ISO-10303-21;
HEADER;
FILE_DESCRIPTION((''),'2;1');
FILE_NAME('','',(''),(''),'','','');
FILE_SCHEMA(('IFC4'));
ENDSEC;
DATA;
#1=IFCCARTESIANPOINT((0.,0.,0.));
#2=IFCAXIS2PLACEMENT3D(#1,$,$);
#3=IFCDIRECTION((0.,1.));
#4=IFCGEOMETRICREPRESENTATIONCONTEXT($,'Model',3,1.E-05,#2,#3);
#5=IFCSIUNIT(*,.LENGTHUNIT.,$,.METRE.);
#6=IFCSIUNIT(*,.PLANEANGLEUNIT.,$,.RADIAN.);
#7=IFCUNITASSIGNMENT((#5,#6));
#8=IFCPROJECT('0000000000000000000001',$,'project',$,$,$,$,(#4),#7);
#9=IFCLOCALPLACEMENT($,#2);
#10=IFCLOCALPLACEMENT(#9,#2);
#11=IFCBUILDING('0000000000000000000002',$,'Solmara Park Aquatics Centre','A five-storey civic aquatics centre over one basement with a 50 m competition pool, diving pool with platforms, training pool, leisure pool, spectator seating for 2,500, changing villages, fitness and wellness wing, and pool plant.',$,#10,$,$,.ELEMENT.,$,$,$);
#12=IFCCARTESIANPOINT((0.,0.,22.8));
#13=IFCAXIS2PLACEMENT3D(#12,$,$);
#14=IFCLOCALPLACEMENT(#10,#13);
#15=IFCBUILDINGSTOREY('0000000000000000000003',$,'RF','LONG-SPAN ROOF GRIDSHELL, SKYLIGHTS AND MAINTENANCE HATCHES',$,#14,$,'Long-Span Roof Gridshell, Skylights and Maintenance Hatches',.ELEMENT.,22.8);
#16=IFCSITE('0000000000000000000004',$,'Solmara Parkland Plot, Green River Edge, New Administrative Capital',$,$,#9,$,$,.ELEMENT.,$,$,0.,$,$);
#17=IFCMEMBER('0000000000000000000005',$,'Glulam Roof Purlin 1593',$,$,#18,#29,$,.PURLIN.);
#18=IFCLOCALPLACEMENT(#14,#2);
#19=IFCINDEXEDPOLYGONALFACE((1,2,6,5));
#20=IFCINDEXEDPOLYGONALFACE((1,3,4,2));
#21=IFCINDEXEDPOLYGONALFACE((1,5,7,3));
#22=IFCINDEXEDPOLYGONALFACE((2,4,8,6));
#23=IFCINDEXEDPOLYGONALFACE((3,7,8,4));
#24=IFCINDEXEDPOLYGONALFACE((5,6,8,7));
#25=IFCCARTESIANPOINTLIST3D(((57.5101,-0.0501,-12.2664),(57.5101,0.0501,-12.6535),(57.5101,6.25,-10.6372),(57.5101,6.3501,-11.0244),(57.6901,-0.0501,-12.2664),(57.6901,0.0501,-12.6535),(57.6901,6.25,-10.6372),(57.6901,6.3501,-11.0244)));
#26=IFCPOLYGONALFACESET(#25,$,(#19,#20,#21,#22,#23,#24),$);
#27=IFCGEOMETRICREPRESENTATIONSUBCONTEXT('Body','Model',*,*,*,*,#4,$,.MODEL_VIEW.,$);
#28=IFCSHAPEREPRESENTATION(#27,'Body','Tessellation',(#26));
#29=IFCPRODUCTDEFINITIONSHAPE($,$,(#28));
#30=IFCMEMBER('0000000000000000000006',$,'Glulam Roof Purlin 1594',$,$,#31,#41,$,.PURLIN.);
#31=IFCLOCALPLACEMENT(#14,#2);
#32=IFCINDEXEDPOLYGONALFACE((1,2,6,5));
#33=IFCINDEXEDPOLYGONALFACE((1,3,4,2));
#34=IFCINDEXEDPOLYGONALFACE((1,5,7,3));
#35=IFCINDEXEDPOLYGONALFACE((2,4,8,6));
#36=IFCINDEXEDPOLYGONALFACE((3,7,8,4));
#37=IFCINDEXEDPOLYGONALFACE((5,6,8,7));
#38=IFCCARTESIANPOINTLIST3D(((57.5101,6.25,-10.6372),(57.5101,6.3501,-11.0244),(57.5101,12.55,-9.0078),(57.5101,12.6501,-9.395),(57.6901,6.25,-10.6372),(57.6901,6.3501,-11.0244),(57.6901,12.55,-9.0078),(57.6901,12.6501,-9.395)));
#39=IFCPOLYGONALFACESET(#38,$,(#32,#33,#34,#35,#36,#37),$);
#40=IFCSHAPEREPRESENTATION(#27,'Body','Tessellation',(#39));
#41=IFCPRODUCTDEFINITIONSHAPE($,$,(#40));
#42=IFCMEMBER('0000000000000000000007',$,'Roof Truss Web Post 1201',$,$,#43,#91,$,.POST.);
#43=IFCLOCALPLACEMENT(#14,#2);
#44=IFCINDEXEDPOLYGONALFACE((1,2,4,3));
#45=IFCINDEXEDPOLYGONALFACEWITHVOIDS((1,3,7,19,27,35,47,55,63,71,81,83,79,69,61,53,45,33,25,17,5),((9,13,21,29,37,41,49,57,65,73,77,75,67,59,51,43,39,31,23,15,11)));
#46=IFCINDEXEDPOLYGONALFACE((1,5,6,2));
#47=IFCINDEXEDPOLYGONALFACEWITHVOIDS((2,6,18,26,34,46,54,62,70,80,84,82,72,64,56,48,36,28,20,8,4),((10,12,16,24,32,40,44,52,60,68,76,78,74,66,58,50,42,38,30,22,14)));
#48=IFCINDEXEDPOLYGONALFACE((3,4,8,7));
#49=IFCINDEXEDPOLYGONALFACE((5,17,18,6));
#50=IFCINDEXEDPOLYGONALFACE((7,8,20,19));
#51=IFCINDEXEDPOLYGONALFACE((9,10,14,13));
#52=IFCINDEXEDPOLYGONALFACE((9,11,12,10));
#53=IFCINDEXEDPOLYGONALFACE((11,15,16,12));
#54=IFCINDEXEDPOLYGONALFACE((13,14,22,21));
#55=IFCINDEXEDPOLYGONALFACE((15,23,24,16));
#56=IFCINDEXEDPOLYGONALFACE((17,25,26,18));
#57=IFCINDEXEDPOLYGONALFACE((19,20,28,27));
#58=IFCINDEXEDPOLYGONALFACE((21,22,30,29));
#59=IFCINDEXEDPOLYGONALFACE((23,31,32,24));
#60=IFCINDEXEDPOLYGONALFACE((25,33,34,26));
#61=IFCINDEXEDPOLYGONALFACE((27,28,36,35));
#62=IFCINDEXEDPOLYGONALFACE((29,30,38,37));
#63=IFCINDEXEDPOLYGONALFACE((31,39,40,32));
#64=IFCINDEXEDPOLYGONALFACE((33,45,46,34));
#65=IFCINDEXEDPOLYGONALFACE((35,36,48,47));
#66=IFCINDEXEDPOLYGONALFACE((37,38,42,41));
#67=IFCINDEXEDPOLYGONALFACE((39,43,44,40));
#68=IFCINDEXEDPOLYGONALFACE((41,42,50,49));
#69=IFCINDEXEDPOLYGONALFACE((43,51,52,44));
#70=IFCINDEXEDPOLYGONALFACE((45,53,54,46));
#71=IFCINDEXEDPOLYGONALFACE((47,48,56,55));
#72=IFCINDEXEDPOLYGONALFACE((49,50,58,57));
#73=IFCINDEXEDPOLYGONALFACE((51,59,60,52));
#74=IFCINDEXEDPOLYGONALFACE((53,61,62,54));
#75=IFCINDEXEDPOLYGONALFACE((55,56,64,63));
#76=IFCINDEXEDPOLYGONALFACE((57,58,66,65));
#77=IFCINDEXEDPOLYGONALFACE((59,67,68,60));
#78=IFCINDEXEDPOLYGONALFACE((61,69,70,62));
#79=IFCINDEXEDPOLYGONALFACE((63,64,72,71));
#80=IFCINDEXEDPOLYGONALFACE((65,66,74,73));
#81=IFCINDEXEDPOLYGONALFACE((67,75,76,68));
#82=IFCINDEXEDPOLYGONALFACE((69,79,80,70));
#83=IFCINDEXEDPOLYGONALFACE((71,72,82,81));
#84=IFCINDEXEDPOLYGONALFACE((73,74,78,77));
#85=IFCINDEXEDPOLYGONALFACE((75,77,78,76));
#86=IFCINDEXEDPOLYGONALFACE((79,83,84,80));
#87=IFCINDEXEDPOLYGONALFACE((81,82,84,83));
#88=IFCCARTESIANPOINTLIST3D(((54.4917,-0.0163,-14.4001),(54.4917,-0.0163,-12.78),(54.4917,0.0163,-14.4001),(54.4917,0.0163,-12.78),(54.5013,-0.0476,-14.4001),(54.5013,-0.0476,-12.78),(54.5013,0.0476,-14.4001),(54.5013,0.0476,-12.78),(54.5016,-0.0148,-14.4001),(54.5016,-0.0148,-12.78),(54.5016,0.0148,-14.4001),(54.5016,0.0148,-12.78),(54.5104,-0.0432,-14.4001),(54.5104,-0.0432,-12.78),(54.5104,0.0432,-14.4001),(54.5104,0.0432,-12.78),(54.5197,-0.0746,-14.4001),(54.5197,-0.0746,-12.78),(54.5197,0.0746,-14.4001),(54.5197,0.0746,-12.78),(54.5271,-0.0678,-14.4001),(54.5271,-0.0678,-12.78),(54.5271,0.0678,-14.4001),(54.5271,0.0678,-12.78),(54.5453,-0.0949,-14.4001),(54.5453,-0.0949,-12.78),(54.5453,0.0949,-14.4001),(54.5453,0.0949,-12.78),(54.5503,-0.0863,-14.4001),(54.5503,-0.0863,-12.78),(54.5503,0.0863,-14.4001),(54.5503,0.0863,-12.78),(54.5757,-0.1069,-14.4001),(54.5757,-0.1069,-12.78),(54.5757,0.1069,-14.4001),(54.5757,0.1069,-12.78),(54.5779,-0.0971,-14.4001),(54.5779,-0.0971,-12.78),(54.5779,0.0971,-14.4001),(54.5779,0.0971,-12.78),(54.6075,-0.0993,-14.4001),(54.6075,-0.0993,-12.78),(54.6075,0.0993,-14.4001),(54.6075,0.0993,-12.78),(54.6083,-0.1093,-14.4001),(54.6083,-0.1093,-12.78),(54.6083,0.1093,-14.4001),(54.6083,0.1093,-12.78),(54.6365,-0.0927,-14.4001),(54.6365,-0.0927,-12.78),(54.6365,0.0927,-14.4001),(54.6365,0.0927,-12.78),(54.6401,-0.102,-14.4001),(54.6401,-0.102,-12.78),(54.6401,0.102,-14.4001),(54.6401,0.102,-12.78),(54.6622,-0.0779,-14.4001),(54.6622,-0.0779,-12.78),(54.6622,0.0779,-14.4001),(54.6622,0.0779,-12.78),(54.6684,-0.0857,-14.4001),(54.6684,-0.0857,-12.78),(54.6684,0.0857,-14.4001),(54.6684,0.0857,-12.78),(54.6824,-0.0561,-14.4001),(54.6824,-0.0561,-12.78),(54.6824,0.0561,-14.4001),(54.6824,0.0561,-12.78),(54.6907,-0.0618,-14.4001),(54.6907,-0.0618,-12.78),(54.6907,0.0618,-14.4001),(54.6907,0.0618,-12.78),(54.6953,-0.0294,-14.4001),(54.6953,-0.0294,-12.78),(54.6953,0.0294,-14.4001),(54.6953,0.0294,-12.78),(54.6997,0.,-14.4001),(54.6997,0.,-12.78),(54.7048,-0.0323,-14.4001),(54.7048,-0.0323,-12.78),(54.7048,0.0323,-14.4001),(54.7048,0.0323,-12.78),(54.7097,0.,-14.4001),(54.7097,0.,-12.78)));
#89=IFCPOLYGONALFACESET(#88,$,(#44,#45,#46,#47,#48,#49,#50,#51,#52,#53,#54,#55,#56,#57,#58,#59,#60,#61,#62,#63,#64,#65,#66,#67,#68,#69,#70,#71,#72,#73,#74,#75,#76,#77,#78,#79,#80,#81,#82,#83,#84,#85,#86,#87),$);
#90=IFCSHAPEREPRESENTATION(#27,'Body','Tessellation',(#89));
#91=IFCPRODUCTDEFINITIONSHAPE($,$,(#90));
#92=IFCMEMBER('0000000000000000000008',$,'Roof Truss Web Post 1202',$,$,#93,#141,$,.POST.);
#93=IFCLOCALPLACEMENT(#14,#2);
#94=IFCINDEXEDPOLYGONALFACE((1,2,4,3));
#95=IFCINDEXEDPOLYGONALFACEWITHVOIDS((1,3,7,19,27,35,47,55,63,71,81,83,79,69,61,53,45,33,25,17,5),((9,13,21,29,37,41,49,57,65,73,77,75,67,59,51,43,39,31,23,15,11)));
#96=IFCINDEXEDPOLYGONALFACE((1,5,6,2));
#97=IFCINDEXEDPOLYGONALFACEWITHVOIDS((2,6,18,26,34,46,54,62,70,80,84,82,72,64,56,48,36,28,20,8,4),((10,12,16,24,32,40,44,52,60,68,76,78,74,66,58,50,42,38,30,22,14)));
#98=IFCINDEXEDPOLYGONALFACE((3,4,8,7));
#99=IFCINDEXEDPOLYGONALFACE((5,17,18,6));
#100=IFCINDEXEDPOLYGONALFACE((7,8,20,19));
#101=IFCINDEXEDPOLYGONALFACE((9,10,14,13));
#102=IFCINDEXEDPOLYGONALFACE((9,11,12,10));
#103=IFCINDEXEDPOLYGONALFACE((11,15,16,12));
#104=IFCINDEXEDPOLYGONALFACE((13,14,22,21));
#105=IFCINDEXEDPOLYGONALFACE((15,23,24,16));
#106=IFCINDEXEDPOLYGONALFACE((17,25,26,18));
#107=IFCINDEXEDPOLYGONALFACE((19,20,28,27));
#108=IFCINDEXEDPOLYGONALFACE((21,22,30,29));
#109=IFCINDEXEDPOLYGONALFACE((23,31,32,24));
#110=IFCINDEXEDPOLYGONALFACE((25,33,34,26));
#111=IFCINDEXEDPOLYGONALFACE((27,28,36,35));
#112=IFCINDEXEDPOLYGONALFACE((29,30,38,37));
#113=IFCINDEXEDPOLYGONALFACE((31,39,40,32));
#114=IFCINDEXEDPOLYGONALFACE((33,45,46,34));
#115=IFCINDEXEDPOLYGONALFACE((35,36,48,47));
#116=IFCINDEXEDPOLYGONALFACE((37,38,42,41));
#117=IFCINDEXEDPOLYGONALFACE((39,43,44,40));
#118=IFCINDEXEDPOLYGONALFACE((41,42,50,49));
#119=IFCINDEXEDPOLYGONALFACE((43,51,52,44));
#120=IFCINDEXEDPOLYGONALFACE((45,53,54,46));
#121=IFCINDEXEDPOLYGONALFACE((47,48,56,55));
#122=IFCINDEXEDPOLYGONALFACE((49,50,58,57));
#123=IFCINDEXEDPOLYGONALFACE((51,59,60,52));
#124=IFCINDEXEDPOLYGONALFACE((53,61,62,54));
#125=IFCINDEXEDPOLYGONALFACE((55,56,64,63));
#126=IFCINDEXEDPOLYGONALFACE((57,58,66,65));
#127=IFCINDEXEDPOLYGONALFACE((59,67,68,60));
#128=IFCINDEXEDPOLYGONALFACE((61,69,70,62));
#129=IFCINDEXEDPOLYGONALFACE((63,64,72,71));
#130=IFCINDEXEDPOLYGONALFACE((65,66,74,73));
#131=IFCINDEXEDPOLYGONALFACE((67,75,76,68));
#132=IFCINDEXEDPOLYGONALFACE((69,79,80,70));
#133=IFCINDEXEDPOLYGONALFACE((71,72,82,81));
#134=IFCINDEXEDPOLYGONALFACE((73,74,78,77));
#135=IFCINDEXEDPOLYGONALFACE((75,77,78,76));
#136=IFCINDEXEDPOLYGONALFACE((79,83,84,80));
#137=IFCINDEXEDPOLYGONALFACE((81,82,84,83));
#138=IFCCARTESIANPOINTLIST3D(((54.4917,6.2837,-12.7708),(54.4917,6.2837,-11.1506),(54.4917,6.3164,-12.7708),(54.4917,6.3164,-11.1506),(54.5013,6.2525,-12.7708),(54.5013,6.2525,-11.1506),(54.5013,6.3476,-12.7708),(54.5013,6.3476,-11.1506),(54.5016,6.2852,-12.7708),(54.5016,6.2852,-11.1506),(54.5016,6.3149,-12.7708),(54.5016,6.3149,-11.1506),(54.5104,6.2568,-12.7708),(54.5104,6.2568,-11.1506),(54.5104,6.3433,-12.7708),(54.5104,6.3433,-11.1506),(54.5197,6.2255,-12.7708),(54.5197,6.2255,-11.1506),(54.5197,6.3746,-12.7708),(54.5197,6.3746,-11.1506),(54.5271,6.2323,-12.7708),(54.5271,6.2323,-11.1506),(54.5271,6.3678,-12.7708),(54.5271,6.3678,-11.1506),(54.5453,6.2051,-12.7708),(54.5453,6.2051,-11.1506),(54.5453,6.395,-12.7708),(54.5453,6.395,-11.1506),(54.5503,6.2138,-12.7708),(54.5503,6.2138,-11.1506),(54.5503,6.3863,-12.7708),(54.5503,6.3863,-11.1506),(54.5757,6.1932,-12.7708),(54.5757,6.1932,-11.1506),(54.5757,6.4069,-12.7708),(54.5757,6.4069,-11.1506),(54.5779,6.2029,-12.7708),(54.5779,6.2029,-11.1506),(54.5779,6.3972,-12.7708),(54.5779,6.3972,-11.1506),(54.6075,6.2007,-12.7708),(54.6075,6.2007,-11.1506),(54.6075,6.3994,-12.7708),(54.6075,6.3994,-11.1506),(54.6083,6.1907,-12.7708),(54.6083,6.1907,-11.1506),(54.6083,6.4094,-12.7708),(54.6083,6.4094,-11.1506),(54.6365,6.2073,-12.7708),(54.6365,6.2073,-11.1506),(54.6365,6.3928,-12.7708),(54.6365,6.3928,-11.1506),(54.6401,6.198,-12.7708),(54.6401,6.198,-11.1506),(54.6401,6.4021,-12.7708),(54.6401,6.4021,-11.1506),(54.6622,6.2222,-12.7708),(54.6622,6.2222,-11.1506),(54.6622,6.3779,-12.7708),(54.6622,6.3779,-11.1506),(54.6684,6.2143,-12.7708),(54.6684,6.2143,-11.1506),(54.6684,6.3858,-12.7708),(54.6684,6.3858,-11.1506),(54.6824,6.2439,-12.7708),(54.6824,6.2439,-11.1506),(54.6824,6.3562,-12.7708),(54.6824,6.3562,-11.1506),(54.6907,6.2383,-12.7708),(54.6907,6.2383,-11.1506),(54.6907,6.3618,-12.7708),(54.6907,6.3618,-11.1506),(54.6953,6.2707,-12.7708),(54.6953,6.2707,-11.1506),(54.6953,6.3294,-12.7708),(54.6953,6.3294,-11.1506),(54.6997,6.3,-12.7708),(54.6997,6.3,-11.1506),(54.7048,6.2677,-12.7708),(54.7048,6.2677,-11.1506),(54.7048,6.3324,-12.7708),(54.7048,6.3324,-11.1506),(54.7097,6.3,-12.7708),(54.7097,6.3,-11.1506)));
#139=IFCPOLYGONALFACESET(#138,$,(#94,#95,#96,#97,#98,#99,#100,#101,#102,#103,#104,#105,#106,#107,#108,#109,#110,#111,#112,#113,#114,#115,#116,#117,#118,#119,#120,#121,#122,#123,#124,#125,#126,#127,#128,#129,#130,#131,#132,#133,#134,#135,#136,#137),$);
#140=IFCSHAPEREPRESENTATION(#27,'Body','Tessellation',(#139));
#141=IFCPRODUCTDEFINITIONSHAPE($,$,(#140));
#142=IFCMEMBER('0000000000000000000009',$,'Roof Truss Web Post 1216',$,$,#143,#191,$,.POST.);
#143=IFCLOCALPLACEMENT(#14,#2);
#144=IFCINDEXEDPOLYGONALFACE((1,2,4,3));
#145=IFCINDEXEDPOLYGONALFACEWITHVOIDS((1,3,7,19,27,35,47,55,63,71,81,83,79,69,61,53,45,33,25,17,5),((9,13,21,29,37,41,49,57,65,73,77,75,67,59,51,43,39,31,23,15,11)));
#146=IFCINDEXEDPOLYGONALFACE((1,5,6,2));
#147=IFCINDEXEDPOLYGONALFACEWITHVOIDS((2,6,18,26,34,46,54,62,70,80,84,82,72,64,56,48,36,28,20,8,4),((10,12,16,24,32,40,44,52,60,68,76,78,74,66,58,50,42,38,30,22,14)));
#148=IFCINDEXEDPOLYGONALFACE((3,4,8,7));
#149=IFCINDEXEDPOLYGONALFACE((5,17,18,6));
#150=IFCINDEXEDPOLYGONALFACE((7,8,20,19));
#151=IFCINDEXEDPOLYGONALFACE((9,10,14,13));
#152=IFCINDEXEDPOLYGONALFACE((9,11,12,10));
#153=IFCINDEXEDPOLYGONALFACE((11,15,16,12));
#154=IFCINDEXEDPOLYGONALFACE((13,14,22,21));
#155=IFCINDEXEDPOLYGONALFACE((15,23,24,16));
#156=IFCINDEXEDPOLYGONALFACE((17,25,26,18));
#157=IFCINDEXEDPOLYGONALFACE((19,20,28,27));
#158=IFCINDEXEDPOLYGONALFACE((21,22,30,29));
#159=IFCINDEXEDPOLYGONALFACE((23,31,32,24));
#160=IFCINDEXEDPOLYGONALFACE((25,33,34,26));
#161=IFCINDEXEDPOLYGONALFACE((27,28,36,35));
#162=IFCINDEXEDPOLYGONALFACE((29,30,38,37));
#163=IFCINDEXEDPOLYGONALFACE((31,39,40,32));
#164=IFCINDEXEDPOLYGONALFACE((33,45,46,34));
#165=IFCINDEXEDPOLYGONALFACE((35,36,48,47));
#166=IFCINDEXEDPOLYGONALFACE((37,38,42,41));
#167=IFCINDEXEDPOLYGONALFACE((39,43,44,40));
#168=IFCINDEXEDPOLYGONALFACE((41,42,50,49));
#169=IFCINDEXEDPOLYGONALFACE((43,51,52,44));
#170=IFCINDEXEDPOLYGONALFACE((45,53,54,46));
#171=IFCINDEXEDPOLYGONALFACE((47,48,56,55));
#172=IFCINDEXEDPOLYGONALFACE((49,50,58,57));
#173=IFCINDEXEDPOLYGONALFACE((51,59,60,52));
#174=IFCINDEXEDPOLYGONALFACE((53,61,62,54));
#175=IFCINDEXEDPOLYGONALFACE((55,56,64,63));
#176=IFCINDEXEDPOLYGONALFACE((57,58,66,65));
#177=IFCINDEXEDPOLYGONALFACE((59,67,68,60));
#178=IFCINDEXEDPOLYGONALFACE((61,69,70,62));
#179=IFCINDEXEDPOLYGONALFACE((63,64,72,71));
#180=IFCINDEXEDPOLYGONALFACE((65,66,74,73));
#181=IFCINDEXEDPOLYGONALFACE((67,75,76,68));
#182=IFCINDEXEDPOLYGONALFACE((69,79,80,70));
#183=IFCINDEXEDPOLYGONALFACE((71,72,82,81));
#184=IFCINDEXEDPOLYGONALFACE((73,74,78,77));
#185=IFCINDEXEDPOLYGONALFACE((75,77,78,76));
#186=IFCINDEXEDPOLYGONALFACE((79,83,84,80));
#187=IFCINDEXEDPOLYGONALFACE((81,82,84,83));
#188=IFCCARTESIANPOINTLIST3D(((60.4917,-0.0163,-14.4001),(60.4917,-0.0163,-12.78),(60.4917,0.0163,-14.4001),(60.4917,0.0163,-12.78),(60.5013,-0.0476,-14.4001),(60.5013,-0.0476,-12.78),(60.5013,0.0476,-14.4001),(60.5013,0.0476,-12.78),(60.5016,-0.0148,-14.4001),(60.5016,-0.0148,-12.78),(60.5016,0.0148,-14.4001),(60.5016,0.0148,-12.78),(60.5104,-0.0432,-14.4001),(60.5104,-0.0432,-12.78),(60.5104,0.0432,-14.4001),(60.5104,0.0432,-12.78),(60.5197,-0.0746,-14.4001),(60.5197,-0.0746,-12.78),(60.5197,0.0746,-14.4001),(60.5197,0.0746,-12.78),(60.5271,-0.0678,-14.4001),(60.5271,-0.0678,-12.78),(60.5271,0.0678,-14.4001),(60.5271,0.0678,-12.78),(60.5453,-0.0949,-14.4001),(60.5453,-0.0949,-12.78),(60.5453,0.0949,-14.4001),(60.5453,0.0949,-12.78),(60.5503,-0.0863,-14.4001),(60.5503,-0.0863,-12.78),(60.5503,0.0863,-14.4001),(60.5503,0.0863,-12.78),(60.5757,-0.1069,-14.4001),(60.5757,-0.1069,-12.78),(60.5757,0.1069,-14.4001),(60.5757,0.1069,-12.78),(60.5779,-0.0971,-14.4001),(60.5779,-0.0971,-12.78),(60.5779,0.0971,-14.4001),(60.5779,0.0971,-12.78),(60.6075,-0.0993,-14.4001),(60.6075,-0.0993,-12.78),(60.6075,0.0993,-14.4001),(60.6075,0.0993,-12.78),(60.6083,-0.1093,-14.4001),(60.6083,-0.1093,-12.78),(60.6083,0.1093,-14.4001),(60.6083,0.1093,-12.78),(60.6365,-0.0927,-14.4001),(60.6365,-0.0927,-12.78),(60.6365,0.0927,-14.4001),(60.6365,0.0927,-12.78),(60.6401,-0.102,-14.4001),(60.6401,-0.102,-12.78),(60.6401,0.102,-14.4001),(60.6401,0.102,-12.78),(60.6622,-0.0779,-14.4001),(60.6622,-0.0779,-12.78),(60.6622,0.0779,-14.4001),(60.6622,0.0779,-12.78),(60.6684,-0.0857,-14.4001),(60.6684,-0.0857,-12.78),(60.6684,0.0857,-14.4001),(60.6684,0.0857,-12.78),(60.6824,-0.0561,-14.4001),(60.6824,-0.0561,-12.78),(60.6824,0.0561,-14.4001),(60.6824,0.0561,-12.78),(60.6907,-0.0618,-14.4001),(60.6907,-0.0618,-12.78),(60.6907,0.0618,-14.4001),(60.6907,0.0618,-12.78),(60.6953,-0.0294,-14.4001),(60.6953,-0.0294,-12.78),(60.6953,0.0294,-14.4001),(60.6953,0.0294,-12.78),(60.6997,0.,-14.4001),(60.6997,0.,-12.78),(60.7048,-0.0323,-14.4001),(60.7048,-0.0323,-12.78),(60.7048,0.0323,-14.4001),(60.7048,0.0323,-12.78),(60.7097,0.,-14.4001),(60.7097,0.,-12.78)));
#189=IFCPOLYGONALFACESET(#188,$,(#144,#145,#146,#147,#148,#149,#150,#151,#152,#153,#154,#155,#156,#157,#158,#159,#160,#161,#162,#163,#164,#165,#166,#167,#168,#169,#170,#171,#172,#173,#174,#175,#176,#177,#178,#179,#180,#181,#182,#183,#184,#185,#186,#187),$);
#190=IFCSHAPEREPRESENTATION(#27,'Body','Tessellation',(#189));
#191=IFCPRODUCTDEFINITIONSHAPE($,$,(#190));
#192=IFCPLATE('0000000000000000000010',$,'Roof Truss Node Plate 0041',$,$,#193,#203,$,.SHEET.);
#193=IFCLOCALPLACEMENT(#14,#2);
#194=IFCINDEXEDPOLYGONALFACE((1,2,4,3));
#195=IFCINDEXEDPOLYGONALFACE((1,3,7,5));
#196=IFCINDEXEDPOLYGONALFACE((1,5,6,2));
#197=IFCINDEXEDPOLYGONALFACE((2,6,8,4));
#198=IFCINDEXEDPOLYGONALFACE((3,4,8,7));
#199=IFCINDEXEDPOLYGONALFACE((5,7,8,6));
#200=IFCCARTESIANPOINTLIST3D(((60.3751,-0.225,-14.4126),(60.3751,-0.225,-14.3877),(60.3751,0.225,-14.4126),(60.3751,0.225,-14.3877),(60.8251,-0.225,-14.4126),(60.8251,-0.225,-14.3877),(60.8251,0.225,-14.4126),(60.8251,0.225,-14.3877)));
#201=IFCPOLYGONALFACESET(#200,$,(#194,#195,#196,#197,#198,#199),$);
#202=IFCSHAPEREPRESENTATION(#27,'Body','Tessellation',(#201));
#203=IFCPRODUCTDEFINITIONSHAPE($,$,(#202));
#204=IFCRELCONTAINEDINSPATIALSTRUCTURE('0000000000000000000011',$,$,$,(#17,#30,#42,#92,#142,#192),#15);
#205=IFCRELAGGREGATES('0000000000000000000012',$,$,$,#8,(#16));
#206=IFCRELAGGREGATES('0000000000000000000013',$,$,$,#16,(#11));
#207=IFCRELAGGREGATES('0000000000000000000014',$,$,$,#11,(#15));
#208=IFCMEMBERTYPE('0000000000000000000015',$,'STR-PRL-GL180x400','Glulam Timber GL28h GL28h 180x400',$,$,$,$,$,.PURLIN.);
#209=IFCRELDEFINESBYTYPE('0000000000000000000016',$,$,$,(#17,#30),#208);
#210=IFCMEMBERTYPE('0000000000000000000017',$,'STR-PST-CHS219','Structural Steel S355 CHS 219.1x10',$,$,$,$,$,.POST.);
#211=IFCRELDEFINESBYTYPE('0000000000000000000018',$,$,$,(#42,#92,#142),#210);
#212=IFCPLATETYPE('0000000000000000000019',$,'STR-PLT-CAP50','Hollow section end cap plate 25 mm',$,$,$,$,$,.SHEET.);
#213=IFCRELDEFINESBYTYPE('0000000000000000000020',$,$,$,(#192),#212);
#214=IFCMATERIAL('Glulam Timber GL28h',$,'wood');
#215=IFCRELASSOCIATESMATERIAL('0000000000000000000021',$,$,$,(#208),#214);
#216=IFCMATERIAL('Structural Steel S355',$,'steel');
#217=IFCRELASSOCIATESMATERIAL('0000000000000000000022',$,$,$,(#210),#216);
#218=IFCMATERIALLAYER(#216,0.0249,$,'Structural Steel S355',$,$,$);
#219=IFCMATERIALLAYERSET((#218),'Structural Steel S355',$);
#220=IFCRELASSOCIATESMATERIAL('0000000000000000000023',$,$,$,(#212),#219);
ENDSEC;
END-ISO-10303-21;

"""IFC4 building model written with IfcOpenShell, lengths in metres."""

from ifc_helpers import new_model, si_unit, direction, frame, origin, origin_2d, place, context, subcontext, project, spatial, rectangle, hollow_circle, extrude, material, layer, layer_set, material_profile, profile_set, type_object, element, save


model = new_model("IFC4")

# Units and contexts
model_context = context("Model", 3, precision=1e-05, world=origin(), true_north=direction((0.0, 1.0)))
body_context = subcontext(model_context, "Body", "Model", "MODEL_VIEW")
ifc_project = project(units=[si_unit("LENGTHUNIT", "METRE"), si_unit("PLANEANGLEUNIT", "RADIAN")], contexts=[model_context])

# Site, building, storey
site_placement = place(None, origin())
site = spatial("IfcSite", under=ifc_project, at=site_placement, Name="Solmara Parkland Plot, Green River Edge, New Administrative Capital", CompositionType="ELEMENT", RefElevation=0.0)
building_placement = place(site_placement, origin())
building = spatial("IfcBuilding", under=site, at=building_placement, Name="Solmara Park Aquatics Centre", Description="A five-storey civic aquatics centre over one basement with a 50 m competition pool, diving pool with platforms, training pool, leisure pool, spectator seating for 2,500, changing villages, fitness and wellness wing, and pool plant.", CompositionType="ELEMENT")
storey_placement = place(building_placement, frame((0.0, 0.0, 22.8)))
storey = spatial("IfcBuildingStorey", under=building, at=storey_placement, Name="RF", Description="LONG-SPAN ROOF GRIDSHELL, SKYLIGHTS AND MAINTENANCE HATCHES", LongName="Long-Span Roof Gridshell, Skylights and Maintenance Hatches", CompositionType="ELEMENT", Elevation=22.8)

# Members
ifc_material_1 = material(Name="Structural Steel S355", Category="steel")
ifc_material_2 = material(Name="Glulam Timber GL28h", Category="wood")
ifc_material_profile_1 = material_profile(ifc_material_2, rectangle(XDim=0.1799, YDim=0.3999, at=origin_2d()), Name="GL28h 180x400")
ifc_profile_set_1 = profile_set([ifc_material_profile_1], Name="Glulam Timber GL28h")
member_type_1 = type_object("IfcMemberType", Name="STR-PRL-GL180x400", Description="Glulam Timber GL28h GL28h 180x400", PredefinedType="PURLIN", material=ifc_profile_set_1)
for number, where, z_axis, x_axis, name in (
    (1, (57.6001, 0.0, -12.46), (0.0, 0.968153, 0.250358), (-1.0, 0.0, 0.0), "Glulam Roof Purlin 1593"),
    (2, (57.6001, 6.3, -10.8308), (0.0, 0.968144, 0.250393), (-1.0, 0.0, 0.0), "Glulam Roof Purlin 1594"),
):
    element("IfcMember", number, at=place(storey_placement, frame(where, z_axis=z_axis, x_axis=x_axis)), inside=storey, type_object=member_type_1, Name=name, PredefinedType="PURLIN", context=body_context, shape_type="SweptSolid", body=[
        extrude(rectangle(XDim=0.1799, YDim=0.3999, at=origin_2d()), origin(), (0.0, 0.0, 1.0), 6.5073),
    ])
ifc_material_profile_2 = material_profile(ifc_material_1, hollow_circle(Radius=0.1096, WallThickness=0.01, at=origin_2d()), Name="CHS 219.1x10")
ifc_profile_set_2 = profile_set([ifc_material_profile_2], Name="Structural Steel S355")
member_type_2 = type_object("IfcMemberType", Name="STR-PST-CHS219", Description="Structural Steel S355 CHS 219.1x10", PredefinedType="POST", material=ifc_profile_set_2)
for number, where, z_axis, x_axis, name in (
    (3, (54.6001, 0.0, -14.4001), (0.0, 0.0, 1.0), (1.0, 0.0, 0.0), "Roof Truss Web Post 1201"),
    (4, (54.6001, 6.3, -12.7708), (0.0, 0.0, 1.0), (1.0, 0.0, 0.0), "Roof Truss Web Post 1202"),
    (5, (60.6001, 0.0, -14.4001), (0.0, 0.0, 1.0), (1.0, 0.0, 0.0), "Roof Truss Web Post 1216"),
):
    element("IfcMember", number, at=place(storey_placement, frame(where, z_axis=z_axis, x_axis=x_axis)), inside=storey, type_object=member_type_2, Name=name, PredefinedType="POST", context=body_context, shape_type="SweptSolid", body=[
        extrude(hollow_circle(Radius=0.1096, WallThickness=0.01, at=origin_2d()), origin(), (0.0, 0.0, 1.0), 1.6201),
    ])

# Plate
ifc_layer = layer(ifc_material_1, 0.0249, Name="Structural Steel S355")
ifc_layer_set = layer_set([ifc_layer], Name="Structural Steel S355")
plate_type = type_object("IfcPlateType", Name="STR-PLT-CAP50", Description="Hollow section end cap plate 25 mm", PredefinedType="SHEET", material=ifc_layer_set)
plate_placement = place(storey_placement, frame((60.6001, 0.0, -14.4126), z_axis=(0.0, 0.0, 1.0), x_axis=(1.0, 0.0, 0.0)))
element("IfcPlate", 6, at=plate_placement, inside=storey, type_object=plate_type, Name="Roof Truss Node Plate 0041", PredefinedType="SHEET", context=body_context, shape_type="SweptSolid", body=[
    extrude(rectangle(XDim=0.45, YDim=0.45, at=origin_2d()), origin(), (0.0, 0.0, 1.0), 0.0249),
])

save(model, "model.ifc")
